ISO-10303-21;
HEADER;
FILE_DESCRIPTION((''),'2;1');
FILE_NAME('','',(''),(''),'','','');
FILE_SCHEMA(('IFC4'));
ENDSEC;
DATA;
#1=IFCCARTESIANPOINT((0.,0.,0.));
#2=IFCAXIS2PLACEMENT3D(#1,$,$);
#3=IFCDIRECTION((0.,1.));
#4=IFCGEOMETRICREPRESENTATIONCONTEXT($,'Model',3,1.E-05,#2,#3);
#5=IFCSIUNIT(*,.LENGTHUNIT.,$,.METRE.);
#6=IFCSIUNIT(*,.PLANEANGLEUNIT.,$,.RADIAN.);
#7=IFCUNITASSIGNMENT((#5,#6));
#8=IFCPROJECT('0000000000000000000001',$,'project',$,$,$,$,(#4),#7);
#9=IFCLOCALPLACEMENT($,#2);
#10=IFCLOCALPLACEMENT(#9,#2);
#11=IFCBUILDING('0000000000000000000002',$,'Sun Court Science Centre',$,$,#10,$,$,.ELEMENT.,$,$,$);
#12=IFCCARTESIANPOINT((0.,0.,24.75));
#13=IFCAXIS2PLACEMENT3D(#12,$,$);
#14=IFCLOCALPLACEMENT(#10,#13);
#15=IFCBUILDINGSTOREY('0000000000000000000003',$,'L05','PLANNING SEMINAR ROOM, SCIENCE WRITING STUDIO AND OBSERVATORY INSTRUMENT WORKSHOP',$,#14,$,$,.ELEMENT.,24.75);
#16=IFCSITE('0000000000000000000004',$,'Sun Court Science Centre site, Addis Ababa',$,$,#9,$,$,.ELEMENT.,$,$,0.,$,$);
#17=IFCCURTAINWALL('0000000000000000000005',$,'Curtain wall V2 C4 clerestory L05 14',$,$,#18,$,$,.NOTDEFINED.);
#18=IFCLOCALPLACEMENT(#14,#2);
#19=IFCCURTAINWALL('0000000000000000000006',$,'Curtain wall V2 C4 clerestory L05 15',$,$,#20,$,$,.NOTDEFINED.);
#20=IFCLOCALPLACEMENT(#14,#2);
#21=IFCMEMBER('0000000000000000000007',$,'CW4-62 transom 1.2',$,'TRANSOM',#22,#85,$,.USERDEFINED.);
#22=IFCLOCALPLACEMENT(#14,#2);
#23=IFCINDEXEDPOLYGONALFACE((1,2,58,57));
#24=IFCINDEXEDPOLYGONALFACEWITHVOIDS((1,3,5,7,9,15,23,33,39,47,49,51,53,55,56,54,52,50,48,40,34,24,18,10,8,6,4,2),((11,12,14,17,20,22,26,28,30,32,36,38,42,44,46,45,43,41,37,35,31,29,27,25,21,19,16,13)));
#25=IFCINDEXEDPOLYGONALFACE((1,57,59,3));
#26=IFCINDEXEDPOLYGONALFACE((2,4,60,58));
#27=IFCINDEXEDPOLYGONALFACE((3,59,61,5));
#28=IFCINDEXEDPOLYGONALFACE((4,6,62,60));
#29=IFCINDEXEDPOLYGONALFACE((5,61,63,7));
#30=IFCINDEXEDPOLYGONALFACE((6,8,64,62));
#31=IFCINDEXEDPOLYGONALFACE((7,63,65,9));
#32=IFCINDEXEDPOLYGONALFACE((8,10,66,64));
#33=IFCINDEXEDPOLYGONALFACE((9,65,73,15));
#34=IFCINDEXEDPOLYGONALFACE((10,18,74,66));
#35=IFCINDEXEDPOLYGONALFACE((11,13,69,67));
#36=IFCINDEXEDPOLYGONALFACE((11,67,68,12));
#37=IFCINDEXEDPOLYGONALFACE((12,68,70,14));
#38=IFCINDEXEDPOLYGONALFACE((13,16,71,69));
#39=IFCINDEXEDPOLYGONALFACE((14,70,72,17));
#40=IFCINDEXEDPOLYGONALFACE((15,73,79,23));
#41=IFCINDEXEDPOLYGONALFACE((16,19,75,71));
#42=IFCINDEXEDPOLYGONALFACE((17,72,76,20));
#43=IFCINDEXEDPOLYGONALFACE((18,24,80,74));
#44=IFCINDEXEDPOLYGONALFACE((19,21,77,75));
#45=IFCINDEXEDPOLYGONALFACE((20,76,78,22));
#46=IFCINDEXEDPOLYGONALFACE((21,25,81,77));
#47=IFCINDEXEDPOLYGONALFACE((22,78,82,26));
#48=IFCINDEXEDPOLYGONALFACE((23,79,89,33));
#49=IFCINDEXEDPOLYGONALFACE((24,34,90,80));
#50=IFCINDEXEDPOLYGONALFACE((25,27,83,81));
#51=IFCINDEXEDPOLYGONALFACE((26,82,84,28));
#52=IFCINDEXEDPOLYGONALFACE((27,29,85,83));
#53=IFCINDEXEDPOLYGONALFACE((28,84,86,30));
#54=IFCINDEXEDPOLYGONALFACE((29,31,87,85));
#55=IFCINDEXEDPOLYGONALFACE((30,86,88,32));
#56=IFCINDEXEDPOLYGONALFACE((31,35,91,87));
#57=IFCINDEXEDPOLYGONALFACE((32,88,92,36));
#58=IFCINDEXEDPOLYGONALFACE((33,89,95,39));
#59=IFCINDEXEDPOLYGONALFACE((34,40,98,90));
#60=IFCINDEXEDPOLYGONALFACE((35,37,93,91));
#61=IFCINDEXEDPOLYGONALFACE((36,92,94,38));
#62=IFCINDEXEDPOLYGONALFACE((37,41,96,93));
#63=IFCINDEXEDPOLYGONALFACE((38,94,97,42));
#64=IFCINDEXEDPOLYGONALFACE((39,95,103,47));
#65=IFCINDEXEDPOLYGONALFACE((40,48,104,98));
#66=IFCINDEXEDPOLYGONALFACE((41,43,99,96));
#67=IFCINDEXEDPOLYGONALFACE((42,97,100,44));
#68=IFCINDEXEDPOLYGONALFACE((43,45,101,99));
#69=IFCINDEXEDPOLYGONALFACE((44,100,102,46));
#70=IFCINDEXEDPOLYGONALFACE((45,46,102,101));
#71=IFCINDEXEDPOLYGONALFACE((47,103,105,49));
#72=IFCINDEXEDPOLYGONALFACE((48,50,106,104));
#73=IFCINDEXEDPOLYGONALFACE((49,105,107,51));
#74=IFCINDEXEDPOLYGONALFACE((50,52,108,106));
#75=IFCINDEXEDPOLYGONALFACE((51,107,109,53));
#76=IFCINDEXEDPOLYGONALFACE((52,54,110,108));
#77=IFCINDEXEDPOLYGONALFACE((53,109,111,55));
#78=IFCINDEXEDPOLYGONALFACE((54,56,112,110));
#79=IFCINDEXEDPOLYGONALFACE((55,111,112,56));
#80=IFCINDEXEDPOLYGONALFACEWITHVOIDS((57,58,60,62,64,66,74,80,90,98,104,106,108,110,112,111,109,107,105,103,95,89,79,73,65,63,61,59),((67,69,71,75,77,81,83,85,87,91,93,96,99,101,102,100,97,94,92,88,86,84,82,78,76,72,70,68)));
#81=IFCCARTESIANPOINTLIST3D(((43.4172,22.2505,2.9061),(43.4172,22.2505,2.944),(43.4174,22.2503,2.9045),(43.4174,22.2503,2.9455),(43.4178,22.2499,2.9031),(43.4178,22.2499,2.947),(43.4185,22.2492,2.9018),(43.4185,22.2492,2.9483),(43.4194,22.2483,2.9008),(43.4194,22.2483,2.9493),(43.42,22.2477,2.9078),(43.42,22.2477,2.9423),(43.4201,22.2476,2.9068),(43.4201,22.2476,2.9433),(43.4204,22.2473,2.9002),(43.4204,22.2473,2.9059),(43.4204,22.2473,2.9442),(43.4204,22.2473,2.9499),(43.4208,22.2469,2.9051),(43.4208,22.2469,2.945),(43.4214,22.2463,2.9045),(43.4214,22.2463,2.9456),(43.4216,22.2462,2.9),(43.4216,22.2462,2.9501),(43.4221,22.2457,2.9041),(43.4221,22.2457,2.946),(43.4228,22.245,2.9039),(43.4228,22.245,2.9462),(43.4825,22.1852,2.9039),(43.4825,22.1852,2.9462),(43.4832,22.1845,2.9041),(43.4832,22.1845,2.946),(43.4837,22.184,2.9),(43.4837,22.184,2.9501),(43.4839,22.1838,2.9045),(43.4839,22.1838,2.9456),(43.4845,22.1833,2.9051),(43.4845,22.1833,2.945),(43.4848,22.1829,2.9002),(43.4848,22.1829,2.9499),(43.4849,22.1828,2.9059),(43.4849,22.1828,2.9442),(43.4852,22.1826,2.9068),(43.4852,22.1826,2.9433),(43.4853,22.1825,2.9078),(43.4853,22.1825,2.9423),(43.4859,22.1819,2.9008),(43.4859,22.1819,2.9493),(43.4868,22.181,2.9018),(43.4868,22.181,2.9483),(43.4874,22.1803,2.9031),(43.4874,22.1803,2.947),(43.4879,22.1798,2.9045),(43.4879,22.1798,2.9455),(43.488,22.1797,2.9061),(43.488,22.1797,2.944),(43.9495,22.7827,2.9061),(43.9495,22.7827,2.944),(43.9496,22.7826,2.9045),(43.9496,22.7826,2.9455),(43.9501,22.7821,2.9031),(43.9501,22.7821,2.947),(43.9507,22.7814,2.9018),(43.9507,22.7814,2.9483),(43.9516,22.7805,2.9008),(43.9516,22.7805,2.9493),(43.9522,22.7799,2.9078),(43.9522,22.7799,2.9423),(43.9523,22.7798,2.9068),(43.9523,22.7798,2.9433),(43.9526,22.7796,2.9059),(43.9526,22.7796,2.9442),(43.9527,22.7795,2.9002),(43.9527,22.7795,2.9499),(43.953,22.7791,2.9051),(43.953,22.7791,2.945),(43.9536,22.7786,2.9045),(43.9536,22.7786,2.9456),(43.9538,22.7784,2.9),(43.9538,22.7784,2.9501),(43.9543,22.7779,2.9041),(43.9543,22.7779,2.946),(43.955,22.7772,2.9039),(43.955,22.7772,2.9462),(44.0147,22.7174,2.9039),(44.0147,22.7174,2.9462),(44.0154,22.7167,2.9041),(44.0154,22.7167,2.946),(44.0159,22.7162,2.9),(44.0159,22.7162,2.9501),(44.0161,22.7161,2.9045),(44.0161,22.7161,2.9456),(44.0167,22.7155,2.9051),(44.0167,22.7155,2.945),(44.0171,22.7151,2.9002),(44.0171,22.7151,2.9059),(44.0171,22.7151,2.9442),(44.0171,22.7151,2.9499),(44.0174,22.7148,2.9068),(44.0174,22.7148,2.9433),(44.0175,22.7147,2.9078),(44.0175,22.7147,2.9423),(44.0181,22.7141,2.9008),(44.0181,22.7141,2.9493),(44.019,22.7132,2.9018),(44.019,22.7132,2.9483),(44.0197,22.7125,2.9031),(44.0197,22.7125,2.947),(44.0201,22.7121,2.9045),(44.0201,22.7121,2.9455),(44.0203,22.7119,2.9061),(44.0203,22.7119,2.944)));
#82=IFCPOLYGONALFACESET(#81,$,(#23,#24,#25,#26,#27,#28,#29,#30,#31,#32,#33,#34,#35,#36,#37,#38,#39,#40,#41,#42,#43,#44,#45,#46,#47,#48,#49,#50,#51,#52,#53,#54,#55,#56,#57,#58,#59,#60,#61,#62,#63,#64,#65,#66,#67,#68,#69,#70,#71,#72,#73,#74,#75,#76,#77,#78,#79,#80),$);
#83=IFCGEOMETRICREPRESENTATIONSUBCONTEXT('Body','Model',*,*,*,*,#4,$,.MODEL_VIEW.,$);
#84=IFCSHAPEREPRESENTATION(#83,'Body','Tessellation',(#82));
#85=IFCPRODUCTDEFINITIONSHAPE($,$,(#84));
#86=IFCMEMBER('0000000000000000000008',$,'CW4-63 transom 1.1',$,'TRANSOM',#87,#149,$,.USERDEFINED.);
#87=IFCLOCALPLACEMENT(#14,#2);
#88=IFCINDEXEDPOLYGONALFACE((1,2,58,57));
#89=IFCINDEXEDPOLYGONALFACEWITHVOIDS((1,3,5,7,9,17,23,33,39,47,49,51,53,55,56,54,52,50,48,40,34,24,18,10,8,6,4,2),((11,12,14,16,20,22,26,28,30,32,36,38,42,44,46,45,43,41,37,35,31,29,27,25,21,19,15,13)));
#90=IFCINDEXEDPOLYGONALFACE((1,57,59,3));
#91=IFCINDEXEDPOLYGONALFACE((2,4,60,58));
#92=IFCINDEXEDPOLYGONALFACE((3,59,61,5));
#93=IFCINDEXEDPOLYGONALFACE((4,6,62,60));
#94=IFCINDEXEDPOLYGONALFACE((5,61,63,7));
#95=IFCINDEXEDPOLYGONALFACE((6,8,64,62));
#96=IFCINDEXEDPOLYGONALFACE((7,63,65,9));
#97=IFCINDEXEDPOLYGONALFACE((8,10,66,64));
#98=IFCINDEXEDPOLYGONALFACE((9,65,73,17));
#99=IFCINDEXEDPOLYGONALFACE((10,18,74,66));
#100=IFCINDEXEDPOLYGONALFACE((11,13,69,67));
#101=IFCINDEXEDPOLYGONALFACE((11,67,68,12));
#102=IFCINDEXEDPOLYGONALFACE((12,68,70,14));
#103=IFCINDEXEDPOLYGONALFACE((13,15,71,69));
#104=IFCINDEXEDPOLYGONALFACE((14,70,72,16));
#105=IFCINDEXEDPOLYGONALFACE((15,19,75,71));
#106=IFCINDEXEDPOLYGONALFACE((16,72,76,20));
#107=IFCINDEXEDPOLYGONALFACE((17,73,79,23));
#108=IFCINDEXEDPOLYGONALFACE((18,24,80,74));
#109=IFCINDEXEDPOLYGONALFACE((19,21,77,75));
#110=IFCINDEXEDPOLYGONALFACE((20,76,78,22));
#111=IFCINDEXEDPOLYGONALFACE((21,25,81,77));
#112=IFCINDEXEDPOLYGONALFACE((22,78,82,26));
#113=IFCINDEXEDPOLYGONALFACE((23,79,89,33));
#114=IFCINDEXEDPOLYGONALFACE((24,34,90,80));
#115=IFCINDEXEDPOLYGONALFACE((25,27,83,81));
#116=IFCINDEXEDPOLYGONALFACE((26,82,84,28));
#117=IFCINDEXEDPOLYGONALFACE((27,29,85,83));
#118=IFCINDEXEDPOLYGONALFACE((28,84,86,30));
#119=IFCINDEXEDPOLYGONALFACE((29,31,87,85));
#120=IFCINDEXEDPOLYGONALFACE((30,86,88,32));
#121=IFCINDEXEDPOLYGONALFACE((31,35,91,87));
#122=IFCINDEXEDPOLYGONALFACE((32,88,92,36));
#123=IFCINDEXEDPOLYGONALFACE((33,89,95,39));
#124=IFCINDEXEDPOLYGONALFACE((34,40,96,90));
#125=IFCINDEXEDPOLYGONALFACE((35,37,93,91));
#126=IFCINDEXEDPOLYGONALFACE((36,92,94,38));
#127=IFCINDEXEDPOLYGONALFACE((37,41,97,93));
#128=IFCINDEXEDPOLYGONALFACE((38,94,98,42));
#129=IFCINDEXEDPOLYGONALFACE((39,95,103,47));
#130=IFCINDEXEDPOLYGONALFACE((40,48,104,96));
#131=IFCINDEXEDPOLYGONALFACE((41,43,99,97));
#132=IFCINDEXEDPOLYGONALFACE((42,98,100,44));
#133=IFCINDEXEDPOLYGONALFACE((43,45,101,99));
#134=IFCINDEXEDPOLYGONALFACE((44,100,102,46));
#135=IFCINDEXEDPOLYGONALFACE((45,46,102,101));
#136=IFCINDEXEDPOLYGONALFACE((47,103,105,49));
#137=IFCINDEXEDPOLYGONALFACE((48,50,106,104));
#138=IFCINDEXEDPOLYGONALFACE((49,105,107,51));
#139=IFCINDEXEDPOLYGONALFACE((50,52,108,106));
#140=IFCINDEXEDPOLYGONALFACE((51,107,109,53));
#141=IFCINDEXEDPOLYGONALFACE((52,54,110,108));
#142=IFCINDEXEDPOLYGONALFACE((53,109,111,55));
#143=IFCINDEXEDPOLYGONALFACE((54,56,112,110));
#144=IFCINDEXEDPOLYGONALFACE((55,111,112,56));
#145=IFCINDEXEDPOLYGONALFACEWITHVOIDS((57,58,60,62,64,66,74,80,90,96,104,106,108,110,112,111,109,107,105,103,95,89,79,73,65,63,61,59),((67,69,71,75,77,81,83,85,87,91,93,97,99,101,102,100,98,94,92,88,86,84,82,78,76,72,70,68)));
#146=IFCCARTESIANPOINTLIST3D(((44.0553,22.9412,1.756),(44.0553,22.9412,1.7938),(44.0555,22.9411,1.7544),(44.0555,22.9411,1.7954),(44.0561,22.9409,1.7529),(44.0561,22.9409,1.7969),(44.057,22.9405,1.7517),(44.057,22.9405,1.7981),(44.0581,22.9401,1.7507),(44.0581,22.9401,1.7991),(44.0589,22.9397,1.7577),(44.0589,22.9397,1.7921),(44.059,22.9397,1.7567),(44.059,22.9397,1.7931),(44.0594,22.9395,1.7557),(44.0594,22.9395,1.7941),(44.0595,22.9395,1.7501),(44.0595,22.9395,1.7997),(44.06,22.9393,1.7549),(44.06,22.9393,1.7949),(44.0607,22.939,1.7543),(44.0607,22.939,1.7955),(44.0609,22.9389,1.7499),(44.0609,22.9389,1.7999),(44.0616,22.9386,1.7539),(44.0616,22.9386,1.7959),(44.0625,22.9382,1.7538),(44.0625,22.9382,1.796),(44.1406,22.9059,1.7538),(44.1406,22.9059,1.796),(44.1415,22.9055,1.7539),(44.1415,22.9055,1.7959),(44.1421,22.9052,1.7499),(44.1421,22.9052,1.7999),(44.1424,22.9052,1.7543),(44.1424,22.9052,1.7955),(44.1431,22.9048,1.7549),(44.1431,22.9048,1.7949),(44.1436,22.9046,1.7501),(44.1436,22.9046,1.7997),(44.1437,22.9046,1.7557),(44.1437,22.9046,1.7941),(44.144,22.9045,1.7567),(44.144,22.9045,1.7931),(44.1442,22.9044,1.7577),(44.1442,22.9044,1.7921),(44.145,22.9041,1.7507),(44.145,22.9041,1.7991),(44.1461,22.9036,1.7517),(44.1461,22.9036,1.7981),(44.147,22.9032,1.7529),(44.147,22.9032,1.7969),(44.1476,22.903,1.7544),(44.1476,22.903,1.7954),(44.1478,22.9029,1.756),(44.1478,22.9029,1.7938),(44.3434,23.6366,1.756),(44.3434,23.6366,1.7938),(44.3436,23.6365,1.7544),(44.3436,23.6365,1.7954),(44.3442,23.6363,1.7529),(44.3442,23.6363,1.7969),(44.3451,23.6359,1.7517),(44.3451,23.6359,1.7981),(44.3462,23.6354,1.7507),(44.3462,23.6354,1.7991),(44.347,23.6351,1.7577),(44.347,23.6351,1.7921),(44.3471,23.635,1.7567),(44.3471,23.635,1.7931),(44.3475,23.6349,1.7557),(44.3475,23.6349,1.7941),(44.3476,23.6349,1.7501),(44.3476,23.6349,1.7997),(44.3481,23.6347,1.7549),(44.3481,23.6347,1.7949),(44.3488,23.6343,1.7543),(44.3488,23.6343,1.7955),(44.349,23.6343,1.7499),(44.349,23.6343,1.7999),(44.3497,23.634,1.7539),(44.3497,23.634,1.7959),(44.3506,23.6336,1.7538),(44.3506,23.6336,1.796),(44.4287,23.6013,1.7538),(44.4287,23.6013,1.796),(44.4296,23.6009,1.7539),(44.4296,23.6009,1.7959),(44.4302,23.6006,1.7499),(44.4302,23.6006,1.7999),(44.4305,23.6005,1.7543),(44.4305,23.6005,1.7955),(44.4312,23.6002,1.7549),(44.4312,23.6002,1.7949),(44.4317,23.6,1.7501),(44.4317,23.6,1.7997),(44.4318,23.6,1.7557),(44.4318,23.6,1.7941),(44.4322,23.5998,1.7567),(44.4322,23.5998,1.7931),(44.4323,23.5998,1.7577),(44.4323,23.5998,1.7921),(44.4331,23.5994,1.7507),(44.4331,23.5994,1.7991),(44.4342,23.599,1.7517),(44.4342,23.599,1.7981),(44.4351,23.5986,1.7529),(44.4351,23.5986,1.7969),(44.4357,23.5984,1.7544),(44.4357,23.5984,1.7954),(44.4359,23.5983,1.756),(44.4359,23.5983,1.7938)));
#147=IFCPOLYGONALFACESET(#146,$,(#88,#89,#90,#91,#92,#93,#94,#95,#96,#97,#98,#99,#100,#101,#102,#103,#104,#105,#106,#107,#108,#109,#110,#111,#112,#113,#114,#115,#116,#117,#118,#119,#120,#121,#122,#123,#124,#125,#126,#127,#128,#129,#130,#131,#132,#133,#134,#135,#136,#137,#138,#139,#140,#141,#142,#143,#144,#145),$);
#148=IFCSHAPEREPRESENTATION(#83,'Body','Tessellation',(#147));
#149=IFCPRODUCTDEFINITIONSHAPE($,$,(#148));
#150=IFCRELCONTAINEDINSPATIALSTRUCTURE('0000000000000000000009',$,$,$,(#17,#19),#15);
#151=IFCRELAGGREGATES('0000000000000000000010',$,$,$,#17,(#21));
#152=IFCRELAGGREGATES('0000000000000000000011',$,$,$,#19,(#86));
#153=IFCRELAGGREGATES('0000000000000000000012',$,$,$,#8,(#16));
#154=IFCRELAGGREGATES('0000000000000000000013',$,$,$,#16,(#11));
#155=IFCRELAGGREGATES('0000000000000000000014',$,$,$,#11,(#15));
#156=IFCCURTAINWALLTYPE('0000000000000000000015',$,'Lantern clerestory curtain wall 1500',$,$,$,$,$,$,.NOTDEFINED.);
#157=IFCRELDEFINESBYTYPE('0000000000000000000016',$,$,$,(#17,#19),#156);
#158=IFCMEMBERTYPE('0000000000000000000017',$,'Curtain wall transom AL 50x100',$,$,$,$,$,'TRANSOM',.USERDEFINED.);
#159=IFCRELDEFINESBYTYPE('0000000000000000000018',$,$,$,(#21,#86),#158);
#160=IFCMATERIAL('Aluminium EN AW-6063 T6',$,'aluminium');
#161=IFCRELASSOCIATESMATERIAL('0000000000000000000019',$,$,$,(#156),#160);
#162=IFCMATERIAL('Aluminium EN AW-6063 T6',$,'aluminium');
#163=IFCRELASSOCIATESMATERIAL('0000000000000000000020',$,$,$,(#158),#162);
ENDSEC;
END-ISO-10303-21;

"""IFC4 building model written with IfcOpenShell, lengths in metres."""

from ifc_helpers import new_model, si_unit, direction, frame, origin, origin_2d, place, context, subcontext, project, spatial, hollow_rectangle, extrude, material, material_profile, profile_set, type_object, element, aggregate, save


model = new_model("IFC4")

# Units and contexts
model_context = context("Model", 3, precision=1e-05, world=origin(), true_north=direction((0.0, 1.0)))
body_context = subcontext(model_context, "Body", "Model", "MODEL_VIEW")
ifc_project = project(units=[si_unit("LENGTHUNIT", "METRE"), si_unit("PLANEANGLEUNIT", "RADIAN")], contexts=[model_context])

# Site, building, storey
site_placement = place(None, origin())
site = spatial("IfcSite", under=ifc_project, at=site_placement, Name="Sun Court Science Centre site, Addis Ababa", CompositionType="ELEMENT", RefElevation=0.0)
building_placement = place(site_placement, origin())
building = spatial("IfcBuilding", under=site, at=building_placement, Name="Sun Court Science Centre", CompositionType="ELEMENT")
storey_placement = place(building_placement, frame((0.0, 0.0, 24.75)))
storey = spatial("IfcBuildingStorey", under=building, at=storey_placement, Name="L05", Description="PLANNING SEMINAR ROOM, SCIENCE WRITING STUDIO AND OBSERVATORY INSTRUMENT WORKSHOP", CompositionType="ELEMENT", Elevation=24.75)

# Shared definitions
ifc_material_1 = material(Name="Aluminium EN AW-6063 T6", Category="aluminium")
curtain_wall_type = type_object("IfcCurtainWallType", Name="Lantern clerestory curtain wall 1500", PredefinedType="NOTDEFINED", material=ifc_material_1)

# Curtain walls
curtain_wall_1_placement = place(storey_placement, origin())
curtain_wall_1 = element("IfcCurtainWall", 1, at=curtain_wall_1_placement, inside=storey, type_object=curtain_wall_type, Name="Curtain wall V2 C4 clerestory L05 14", PredefinedType="NOTDEFINED")
curtain_wall_2_placement = place(storey_placement, origin())
curtain_wall_2 = element("IfcCurtainWall", 2, at=curtain_wall_2_placement, inside=storey, type_object=curtain_wall_type, Name="Curtain wall V2 C4 clerestory L05 15", PredefinedType="NOTDEFINED")

# Members
ifc_material_2 = material(Name="Aluminium EN AW-6063 T6", Category="aluminium")
ifc_material_profile_1 = material_profile(ifc_material_2, hollow_rectangle(XDim=0.05, YDim=0.1001, WallThickness=0.0039, InnerFilletRadius=0.0039, OuterFilletRadius=0.0061, at=origin_2d()), Name="AL 50x100x4")
ifc_profile_set_1 = profile_set([ifc_material_profile_1], Name="Aluminium EN AW-6063 T6")
member_type_1 = type_object("IfcMemberType", Name="Curtain wall transom AL 50x100", ElementType="TRANSOM", PredefinedType="USERDEFINED", material=ifc_profile_set_1)
member_1_placement = place(storey_placement, frame((43.9849, 22.7473, 2.925), z_axis=(-0.707107, -0.707107, 0.0), x_axis=(0.0, 0.0, 1.0)))
member_1 = element("IfcMember", 3, at=member_1_placement, type_object=member_type_1, Name="CW4-62 transom 1.2", ObjectType="TRANSOM", PredefinedType="USERDEFINED", context=body_context, shape_type="SweptSolid", body=[
    extrude(hollow_rectangle(XDim=0.05, YDim=0.1001, WallThickness=0.0039, InnerFilletRadius=0.0039, OuterFilletRadius=0.0061, at=origin_2d()), origin(), (0.0, 0.0, 1.0), 0.7527),
])
member_2_placement = place(storey_placement, frame((44.3896, 23.6174, 1.7749), z_axis=(-0.382772, -0.923843, 0.0), x_axis=(0.0, 0.0, 1.0)))
member_2 = element("IfcMember", 4, at=member_2_placement, type_object=member_type_1, Name="CW4-63 transom 1.1", ObjectType="TRANSOM", PredefinedType="USERDEFINED", context=body_context, shape_type="SweptSolid", body=[
    extrude(hollow_rectangle(XDim=0.05, YDim=0.1001, WallThickness=0.0039, InnerFilletRadius=0.0039, OuterFilletRadius=0.0061, at=origin_2d()), origin(), (0.0, 0.0, 1.0), 0.7527),
])

aggregate(curtain_wall_1, [member_1])
aggregate(curtain_wall_2, [member_2])

save(model, "model.ifc")
